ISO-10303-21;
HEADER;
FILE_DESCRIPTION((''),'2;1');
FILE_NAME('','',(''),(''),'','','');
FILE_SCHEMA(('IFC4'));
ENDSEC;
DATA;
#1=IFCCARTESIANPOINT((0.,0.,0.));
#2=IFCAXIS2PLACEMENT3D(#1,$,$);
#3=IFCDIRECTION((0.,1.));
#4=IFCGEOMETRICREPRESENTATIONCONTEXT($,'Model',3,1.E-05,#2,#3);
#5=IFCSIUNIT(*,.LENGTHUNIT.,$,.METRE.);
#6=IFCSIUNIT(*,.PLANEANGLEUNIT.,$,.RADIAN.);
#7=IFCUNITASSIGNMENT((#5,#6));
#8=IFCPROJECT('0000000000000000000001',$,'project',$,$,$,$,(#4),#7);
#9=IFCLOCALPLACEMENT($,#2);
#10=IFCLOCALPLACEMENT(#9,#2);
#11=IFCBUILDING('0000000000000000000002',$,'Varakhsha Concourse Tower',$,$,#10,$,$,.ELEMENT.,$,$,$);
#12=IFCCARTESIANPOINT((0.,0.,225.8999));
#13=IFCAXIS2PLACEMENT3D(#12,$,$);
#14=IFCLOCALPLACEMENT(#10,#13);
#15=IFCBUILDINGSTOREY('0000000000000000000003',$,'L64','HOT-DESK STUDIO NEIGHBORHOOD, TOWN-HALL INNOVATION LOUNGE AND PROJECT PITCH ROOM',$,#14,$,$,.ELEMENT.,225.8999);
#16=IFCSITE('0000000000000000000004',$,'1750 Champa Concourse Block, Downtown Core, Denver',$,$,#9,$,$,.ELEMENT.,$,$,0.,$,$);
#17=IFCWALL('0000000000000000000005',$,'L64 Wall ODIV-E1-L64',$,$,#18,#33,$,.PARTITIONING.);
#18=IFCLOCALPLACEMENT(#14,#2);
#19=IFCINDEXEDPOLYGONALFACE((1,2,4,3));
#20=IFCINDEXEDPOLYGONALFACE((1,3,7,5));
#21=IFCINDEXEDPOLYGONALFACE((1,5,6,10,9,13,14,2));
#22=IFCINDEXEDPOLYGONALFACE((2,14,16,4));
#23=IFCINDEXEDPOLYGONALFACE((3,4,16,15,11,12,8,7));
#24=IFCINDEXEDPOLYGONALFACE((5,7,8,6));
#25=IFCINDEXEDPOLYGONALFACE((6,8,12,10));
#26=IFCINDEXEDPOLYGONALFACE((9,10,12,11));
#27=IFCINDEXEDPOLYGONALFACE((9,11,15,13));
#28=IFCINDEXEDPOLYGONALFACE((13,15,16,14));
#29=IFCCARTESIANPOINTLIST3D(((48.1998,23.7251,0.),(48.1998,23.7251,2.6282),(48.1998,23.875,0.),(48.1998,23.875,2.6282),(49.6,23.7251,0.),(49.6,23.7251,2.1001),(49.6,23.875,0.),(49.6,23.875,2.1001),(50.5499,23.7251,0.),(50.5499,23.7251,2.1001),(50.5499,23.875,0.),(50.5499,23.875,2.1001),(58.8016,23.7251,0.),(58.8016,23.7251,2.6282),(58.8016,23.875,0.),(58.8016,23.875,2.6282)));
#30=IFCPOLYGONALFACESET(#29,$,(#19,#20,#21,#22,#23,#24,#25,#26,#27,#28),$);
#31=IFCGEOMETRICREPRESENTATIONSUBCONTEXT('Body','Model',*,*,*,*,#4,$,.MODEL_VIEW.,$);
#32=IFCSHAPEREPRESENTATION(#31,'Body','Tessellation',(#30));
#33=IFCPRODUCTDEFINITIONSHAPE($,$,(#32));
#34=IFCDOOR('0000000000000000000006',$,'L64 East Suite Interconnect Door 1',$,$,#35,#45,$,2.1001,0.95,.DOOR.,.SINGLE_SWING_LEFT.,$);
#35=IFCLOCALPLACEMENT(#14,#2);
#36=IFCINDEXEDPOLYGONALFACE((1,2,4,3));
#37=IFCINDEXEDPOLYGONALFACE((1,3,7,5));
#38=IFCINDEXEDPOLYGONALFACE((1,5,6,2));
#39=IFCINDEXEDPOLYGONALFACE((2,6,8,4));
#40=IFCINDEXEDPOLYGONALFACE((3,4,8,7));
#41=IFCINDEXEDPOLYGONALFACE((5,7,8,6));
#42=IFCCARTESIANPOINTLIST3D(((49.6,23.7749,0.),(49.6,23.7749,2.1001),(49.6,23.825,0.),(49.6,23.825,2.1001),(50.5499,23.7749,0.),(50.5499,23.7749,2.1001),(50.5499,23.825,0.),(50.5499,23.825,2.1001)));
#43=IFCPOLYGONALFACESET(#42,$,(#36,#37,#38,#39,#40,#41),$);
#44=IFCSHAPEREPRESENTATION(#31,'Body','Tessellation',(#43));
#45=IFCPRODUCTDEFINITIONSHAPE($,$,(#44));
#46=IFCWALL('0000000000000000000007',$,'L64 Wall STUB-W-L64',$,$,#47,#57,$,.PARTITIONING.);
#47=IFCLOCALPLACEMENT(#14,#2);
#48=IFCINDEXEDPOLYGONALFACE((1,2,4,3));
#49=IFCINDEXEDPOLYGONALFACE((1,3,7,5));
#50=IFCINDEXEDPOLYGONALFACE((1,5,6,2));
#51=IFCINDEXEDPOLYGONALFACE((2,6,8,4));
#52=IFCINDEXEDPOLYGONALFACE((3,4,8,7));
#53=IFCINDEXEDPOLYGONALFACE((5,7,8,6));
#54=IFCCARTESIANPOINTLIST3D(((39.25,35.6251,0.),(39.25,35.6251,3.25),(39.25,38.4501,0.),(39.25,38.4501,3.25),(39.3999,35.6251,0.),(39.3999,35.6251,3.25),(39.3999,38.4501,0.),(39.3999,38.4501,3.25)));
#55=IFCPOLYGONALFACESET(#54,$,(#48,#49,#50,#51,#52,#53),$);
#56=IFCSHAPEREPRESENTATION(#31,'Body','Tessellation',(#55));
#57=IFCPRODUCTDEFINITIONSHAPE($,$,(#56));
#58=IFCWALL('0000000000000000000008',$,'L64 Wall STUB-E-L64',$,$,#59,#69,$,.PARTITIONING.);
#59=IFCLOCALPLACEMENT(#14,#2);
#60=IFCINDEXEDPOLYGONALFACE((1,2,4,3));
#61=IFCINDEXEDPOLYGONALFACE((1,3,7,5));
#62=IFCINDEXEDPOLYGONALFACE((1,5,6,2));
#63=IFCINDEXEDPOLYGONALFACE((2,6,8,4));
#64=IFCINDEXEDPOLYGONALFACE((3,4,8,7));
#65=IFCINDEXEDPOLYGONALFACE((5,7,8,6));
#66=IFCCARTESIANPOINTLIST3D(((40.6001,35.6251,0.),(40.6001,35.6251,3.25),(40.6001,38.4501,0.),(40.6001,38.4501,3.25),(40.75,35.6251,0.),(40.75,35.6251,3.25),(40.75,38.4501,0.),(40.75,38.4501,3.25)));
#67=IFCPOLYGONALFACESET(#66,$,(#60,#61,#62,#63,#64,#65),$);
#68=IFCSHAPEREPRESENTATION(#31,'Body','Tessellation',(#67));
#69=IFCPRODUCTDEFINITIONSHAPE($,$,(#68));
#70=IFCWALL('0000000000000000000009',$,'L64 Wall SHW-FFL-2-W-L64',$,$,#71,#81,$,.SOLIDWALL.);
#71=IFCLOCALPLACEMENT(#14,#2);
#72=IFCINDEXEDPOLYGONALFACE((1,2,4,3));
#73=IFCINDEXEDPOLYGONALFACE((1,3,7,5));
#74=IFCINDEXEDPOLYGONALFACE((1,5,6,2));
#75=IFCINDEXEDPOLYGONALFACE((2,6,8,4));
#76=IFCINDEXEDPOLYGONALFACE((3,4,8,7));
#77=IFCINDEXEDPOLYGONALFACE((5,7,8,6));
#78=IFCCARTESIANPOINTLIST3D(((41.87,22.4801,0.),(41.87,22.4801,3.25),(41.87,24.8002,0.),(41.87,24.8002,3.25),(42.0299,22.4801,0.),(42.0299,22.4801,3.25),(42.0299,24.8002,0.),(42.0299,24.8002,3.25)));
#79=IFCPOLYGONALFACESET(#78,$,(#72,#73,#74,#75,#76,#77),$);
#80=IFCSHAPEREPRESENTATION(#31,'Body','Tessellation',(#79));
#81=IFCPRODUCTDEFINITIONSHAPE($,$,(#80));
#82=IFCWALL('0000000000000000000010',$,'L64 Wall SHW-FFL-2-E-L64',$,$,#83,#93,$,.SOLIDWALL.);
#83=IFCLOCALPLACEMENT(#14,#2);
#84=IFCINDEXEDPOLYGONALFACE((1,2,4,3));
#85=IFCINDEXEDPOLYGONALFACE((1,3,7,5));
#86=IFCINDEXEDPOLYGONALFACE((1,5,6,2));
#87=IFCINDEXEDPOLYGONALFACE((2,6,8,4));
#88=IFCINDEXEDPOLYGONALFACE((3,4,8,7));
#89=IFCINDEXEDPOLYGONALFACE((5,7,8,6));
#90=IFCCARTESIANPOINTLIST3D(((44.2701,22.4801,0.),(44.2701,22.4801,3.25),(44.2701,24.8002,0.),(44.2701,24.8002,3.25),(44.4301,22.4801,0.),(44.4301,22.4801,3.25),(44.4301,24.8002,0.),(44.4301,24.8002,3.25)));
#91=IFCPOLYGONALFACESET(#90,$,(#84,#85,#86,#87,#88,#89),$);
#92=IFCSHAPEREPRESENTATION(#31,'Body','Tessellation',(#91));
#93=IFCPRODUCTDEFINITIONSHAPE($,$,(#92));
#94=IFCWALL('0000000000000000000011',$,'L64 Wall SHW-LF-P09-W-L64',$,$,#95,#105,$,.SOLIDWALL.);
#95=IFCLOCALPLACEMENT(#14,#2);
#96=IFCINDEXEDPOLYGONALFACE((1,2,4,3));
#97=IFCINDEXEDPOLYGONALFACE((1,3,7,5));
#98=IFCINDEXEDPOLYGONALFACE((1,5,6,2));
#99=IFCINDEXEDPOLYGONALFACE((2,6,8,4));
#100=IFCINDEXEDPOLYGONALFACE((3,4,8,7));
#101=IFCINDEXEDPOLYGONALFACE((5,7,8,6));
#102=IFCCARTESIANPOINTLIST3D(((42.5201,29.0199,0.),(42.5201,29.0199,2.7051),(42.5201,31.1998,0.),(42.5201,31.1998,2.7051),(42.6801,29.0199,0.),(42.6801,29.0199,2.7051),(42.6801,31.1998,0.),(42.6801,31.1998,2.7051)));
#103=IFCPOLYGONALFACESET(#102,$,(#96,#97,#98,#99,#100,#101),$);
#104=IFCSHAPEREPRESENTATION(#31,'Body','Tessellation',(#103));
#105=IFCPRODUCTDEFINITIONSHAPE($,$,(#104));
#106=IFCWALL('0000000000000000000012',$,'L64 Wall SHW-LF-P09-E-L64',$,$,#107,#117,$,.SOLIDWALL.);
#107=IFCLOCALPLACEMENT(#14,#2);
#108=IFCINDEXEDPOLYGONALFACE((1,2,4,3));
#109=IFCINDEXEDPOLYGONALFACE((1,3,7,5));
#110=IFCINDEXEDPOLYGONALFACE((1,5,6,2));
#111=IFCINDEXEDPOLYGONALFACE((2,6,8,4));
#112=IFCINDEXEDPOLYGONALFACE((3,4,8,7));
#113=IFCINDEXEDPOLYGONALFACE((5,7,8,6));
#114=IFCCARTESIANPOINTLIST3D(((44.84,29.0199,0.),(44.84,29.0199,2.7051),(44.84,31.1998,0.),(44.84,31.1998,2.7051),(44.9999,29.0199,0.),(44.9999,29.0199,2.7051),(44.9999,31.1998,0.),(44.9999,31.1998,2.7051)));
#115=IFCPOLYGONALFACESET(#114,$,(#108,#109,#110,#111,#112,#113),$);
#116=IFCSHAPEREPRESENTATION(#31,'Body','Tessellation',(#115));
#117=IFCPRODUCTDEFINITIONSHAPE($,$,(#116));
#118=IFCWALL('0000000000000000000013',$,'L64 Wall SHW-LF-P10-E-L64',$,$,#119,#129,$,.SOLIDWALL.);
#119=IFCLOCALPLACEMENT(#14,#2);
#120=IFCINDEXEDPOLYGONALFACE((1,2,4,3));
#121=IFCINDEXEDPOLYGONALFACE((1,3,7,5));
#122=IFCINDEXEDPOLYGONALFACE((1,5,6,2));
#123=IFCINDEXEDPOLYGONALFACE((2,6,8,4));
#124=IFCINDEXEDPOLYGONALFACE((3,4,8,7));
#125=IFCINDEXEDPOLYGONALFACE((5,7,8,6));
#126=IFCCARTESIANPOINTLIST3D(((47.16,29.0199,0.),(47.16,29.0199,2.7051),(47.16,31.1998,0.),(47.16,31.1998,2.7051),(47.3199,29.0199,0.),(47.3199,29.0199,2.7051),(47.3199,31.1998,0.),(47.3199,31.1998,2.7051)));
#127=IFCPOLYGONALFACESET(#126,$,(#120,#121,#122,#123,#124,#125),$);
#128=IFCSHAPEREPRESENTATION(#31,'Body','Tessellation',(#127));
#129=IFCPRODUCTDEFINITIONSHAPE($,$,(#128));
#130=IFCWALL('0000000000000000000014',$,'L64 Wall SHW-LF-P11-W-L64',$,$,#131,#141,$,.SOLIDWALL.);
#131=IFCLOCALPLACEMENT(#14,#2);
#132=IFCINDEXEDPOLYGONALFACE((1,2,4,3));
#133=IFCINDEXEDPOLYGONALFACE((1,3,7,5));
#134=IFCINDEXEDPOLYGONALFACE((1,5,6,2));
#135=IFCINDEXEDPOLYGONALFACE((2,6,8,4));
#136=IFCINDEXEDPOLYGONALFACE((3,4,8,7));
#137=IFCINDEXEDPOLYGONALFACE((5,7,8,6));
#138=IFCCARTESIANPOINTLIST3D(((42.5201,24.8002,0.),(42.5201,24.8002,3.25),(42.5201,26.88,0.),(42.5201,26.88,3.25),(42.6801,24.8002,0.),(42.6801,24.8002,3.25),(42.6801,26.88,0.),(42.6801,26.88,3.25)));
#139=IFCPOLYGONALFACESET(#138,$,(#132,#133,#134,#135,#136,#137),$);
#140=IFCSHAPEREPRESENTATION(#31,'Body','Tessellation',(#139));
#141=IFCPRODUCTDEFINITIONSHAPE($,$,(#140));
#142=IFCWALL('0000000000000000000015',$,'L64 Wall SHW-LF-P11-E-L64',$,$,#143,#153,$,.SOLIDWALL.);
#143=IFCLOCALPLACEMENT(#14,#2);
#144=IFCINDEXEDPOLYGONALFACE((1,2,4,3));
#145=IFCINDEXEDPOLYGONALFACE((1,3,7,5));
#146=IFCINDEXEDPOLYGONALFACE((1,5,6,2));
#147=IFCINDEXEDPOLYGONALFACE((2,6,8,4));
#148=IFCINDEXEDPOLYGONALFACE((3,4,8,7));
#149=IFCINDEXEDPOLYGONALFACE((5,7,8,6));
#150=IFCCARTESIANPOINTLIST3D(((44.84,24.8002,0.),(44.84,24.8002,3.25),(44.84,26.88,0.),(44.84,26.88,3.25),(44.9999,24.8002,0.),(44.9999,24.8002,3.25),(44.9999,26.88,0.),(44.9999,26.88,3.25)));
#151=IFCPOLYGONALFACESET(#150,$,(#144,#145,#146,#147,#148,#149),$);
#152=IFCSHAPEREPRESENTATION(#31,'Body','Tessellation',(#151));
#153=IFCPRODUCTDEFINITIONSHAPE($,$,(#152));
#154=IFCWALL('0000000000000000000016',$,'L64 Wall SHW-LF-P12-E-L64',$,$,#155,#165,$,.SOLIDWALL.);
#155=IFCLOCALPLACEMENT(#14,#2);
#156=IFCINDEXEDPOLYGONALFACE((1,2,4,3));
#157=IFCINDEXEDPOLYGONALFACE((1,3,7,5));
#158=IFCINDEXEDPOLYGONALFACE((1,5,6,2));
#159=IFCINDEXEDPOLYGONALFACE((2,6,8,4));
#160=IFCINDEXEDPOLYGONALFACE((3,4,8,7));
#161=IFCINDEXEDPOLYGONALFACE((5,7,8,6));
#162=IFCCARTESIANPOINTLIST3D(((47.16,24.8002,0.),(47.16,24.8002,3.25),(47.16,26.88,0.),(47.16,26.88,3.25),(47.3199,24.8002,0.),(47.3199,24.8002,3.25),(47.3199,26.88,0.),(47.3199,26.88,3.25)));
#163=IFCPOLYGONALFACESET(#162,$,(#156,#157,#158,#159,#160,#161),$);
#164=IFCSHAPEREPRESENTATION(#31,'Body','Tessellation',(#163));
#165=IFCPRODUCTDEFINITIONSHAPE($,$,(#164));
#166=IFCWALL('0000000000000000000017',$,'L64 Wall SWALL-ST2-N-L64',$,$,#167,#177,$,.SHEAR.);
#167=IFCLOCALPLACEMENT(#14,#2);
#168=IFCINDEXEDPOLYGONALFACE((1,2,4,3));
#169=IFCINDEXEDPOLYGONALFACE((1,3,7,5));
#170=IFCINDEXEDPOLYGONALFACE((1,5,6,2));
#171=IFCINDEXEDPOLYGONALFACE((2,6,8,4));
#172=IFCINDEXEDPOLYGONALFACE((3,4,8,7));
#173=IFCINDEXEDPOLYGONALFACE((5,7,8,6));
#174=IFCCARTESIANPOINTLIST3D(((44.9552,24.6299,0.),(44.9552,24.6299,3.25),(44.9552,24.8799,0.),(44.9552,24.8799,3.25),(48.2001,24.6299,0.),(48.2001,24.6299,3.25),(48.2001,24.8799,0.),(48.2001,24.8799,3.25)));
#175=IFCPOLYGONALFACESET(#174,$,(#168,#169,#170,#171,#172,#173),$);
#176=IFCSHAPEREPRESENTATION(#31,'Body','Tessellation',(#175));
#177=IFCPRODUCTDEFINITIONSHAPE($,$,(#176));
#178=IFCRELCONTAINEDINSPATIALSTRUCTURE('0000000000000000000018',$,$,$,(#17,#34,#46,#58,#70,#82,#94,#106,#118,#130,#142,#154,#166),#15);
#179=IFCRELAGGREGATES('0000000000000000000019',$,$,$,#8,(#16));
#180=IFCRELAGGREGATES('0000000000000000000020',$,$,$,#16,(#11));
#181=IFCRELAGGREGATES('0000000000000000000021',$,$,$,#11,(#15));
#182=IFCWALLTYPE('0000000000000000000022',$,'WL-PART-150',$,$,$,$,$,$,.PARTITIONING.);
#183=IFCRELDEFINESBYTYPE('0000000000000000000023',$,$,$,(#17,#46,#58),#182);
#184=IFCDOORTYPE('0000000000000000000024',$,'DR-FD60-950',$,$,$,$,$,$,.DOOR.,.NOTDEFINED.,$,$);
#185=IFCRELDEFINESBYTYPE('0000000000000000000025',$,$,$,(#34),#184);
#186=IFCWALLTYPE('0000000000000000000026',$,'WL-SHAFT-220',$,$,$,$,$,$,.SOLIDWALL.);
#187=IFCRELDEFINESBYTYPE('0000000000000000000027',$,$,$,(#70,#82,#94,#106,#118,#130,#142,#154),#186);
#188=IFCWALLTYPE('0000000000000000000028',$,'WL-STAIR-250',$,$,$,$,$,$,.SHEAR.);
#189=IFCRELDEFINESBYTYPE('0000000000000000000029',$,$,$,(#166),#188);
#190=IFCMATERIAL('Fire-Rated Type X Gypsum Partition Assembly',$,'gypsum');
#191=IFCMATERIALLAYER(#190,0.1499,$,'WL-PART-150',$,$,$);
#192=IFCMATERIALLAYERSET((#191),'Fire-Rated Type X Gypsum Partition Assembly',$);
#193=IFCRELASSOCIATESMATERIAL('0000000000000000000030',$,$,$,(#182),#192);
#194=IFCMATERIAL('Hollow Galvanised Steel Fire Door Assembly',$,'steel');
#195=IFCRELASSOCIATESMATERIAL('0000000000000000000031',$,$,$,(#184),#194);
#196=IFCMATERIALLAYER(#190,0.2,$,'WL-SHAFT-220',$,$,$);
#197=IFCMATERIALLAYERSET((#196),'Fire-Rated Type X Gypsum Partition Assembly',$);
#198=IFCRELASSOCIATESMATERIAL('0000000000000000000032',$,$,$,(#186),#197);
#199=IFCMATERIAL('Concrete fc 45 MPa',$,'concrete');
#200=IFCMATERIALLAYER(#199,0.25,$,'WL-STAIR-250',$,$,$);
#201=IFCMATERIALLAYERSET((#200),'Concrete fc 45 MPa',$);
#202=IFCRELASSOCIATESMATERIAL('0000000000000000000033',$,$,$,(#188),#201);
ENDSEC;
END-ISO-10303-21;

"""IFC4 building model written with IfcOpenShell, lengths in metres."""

from ifc_helpers import new_model, si_unit, direction, frame, frame_2d, origin, place, context, subcontext, project, spatial, rectangle, extrude, material, layer, layer_set, type_object, element, fill, save


model = new_model("IFC4")

# Units and contexts
model_context = context("Model", 3, precision=1e-05, world=origin(), true_north=direction((0.0, 1.0)))
body_context = subcontext(model_context, "Body", "Model", "MODEL_VIEW")
ifc_project = project(units=[si_unit("LENGTHUNIT", "METRE"), si_unit("PLANEANGLEUNIT", "RADIAN")], contexts=[model_context])

# Site, building, storey
site_placement = place(None, origin())
site = spatial("IfcSite", under=ifc_project, at=site_placement, Name="1750 Champa Concourse Block, Downtown Core, Denver", CompositionType="ELEMENT", RefElevation=0.0)
building_placement = place(site_placement, origin())
building = spatial("IfcBuilding", under=site, at=building_placement, Name="Varakhsha Concourse Tower", CompositionType="ELEMENT")
storey_placement = place(building_placement, frame((0.0, 0.0, 225.8999)))
storey = spatial("IfcBuildingStorey", under=building, at=storey_placement, Name="L64", Description="HOT-DESK STUDIO NEIGHBORHOOD, TOWN-HALL INNOVATION LOUNGE AND PROJECT PITCH ROOM", CompositionType="ELEMENT", Elevation=225.8999)

# Shared definitions
ifc_material_1 = material(Name="Fire-Rated Type X Gypsum Partition Assembly", Category="gypsum")
ifc_layer_1 = layer(ifc_material_1, 0.1499, Name="WL-PART-150")
ifc_layer_set_1 = layer_set([ifc_layer_1], Name="Fire-Rated Type X Gypsum Partition Assembly")
wall_type_1 = type_object("IfcWallType", Name="WL-PART-150", PredefinedType="PARTITIONING", material=ifc_layer_set_1)

# Shared definitions
ifc_material_2 = material(Name="Hollow Galvanised Steel Fire Door Assembly", Category="steel")
door_type = type_object("IfcDoorType", Name="DR-FD60-950", OperationType="NOTDEFINED", PredefinedType="DOOR", material=ifc_material_2)

# Wall, opening, door
wall_1_placement = place(storey_placement, frame((48.2, 23.8, 0.0), z_axis=(0.0, 0.0, 1.0), x_axis=(1.0, 0.0, 0.0)))
wall_1 = element("IfcWall", 1, at=wall_1_placement, inside=storey, type_object=wall_type_1, Name="L64 Wall ODIV-E1-L64", PredefinedType="PARTITIONING", context=body_context, shape_type="SweptSolid", body=[
    extrude(rectangle(XDim=10.6018, YDim=0.1499, at=frame_2d((5.3008, 0.0))), origin(), (0.0, 0.0, 1.0), 2.6282),
])
opening_1_placement = place(wall_1_placement, frame((1.3999, 0.0, 0.0)))
opening_1 = element("IfcOpeningElement", 2, at=opening_1_placement, cuts=wall_1, PredefinedType="OPENING", context=body_context, shape_type="SweptSolid", body=[
    extrude(rectangle(XDim=0.95, YDim=2.1001, at=frame_2d((0.4751, 1.05))), frame((0.0, 0.085, 0.0), z_axis=(0.0, -1.0, 0.0), x_axis=(1.0, 0.0, 0.0)), (0.0, 0.0, 1.0), 0.1699),
])
door_1_placement = place(opening_1_placement, origin())
door_1 = element("IfcDoor", 3, at=door_1_placement, inside=storey, type_object=door_type, Name="L64 East Suite Interconnect Door 1", OperationType="SINGLE_SWING_LEFT", OverallHeight=2.1001, OverallWidth=0.95, PredefinedType="DOOR", context=body_context, shape_type="SweptSolid", body=[
    extrude(rectangle(XDim=0.95, YDim=2.1001, at=frame_2d((0.4751, 1.05))), frame((0.0, 0.0249, 0.0), z_axis=(0.0, -1.0, 0.0), x_axis=(1.0, 0.0, 0.0)), (0.0, 0.0, 1.0), 0.05),
])
fill(opening_1, door_1)

# Walls
for number, where, z_axis, x_axis, name in (
    (4, (39.325, 35.625, 0.0), (0.0, 0.0, 1.0), (0.0, 1.0, 0.0), "L64 Wall STUB-W-L64"),
    (5, (40.675, 35.625, 0.0), (0.0, 0.0, 1.0), (0.0, 1.0, 0.0), "L64 Wall STUB-E-L64"),
):
    element("IfcWall", number, at=place(storey_placement, frame(where, z_axis=z_axis, x_axis=x_axis)), inside=storey, type_object=wall_type_1, Name=name, PredefinedType="PARTITIONING", context=body_context, shape_type="SweptSolid", body=[
        extrude(rectangle(XDim=2.825, YDim=0.1499, at=frame_2d((1.4126, 0.0))), origin(), (0.0, 0.0, 1.0), 3.25),
    ])
ifc_layer_2 = layer(ifc_material_1, 0.2, Name="WL-SHAFT-220")
ifc_layer_set_2 = layer_set([ifc_layer_2], Name="Fire-Rated Type X Gypsum Partition Assembly")
wall_type_2 = type_object("IfcWallType", Name="WL-SHAFT-220", PredefinedType="SOLIDWALL", material=ifc_layer_set_2)
for number, where, z_axis, x_axis, name in (
    (6, (41.95, 22.48, 0.0), (0.0, 0.0, 1.0), (0.0, 1.0, 0.0), "L64 Wall SHW-FFL-2-W-L64"),
    (7, (44.3501, 22.48, 0.0), (0.0, 0.0, 1.0), (0.0, 1.0, 0.0), "L64 Wall SHW-FFL-2-E-L64"),
):
    element("IfcWall", number, at=place(storey_placement, frame(where, z_axis=z_axis, x_axis=x_axis)), inside=storey, type_object=wall_type_2, Name=name, PredefinedType="SOLIDWALL", context=body_context, shape_type="SweptSolid", body=[
        extrude(rectangle(XDim=2.3201, YDim=0.1599, at=frame_2d((1.1602, 0.0))), origin(), (0.0, 0.0, 1.0), 3.25),
    ])
for number, where, z_axis, x_axis, name in (
    (8, (42.6001, 29.02, 0.0), (0.0, 0.0, 1.0), (0.0, 1.0, 0.0), "L64 Wall SHW-LF-P09-W-L64"),
    (9, (44.9199, 29.02, 0.0), (0.0, 0.0, 1.0), (0.0, 1.0, 0.0), "L64 Wall SHW-LF-P09-E-L64"),
    (10, (47.24, 29.02, 0.0), (0.0, 0.0, 1.0), (0.0, 1.0, 0.0), "L64 Wall SHW-LF-P10-E-L64"),
):
    element("IfcWall", number, at=place(storey_placement, frame(where, z_axis=z_axis, x_axis=x_axis)), inside=storey, type_object=wall_type_2, Name=name, PredefinedType="SOLIDWALL", context=body_context, shape_type="SweptSolid", body=[
        extrude(rectangle(XDim=2.1799, YDim=0.1599, at=frame_2d((1.0898, 0.0))), origin(), (0.0, 0.0, 1.0), 2.7051),
    ])
for number, where, z_axis, x_axis, name in (
    (11, (42.6001, 24.8, 0.0), (0.0, 0.0, 1.0), (0.0, 1.0, 0.0), "L64 Wall SHW-LF-P11-W-L64"),
    (12, (44.9199, 24.8, 0.0), (0.0, 0.0, 1.0), (0.0, 1.0, 0.0), "L64 Wall SHW-LF-P11-E-L64"),
    (13, (47.24, 24.8, 0.0), (0.0, 0.0, 1.0), (0.0, 1.0, 0.0), "L64 Wall SHW-LF-P12-E-L64"),
):
    element("IfcWall", number, at=place(storey_placement, frame(where, z_axis=z_axis, x_axis=x_axis)), inside=storey, type_object=wall_type_2, Name=name, PredefinedType="SOLIDWALL", context=body_context, shape_type="SweptSolid", body=[
        extrude(rectangle(XDim=2.0798, YDim=0.1599, at=frame_2d((1.04, 0.0))), origin(), (0.0, 0.0, 1.0), 3.25),
    ])
ifc_material_3 = material(Name="Concrete fc 45 MPa", Category="concrete")
ifc_layer_3 = layer(ifc_material_3, 0.25, Name="WL-STAIR-250")
ifc_layer_set_3 = layer_set([ifc_layer_3], Name="Concrete fc 45 MPa")
wall_type_3 = type_object("IfcWallType", Name="WL-STAIR-250", PredefinedType="SHEAR", material=ifc_layer_set_3)
wall_2_placement = place(storey_placement, frame((44.9551, 24.7549, 0.0), z_axis=(0.0, 0.0, 1.0), x_axis=(1.0, 0.0, 0.0)))
element("IfcWall", 14, at=wall_2_placement, inside=storey, type_object=wall_type_3, Name="L64 Wall SWALL-ST2-N-L64", PredefinedType="SHEAR", context=body_context, shape_type="SweptSolid", body=[
    extrude(rectangle(XDim=3.2449, YDim=0.25, at=frame_2d((1.6226, 0.0))), origin(), (0.0, 0.0, 1.0), 3.25),
])

save(model, "model.ifc")
